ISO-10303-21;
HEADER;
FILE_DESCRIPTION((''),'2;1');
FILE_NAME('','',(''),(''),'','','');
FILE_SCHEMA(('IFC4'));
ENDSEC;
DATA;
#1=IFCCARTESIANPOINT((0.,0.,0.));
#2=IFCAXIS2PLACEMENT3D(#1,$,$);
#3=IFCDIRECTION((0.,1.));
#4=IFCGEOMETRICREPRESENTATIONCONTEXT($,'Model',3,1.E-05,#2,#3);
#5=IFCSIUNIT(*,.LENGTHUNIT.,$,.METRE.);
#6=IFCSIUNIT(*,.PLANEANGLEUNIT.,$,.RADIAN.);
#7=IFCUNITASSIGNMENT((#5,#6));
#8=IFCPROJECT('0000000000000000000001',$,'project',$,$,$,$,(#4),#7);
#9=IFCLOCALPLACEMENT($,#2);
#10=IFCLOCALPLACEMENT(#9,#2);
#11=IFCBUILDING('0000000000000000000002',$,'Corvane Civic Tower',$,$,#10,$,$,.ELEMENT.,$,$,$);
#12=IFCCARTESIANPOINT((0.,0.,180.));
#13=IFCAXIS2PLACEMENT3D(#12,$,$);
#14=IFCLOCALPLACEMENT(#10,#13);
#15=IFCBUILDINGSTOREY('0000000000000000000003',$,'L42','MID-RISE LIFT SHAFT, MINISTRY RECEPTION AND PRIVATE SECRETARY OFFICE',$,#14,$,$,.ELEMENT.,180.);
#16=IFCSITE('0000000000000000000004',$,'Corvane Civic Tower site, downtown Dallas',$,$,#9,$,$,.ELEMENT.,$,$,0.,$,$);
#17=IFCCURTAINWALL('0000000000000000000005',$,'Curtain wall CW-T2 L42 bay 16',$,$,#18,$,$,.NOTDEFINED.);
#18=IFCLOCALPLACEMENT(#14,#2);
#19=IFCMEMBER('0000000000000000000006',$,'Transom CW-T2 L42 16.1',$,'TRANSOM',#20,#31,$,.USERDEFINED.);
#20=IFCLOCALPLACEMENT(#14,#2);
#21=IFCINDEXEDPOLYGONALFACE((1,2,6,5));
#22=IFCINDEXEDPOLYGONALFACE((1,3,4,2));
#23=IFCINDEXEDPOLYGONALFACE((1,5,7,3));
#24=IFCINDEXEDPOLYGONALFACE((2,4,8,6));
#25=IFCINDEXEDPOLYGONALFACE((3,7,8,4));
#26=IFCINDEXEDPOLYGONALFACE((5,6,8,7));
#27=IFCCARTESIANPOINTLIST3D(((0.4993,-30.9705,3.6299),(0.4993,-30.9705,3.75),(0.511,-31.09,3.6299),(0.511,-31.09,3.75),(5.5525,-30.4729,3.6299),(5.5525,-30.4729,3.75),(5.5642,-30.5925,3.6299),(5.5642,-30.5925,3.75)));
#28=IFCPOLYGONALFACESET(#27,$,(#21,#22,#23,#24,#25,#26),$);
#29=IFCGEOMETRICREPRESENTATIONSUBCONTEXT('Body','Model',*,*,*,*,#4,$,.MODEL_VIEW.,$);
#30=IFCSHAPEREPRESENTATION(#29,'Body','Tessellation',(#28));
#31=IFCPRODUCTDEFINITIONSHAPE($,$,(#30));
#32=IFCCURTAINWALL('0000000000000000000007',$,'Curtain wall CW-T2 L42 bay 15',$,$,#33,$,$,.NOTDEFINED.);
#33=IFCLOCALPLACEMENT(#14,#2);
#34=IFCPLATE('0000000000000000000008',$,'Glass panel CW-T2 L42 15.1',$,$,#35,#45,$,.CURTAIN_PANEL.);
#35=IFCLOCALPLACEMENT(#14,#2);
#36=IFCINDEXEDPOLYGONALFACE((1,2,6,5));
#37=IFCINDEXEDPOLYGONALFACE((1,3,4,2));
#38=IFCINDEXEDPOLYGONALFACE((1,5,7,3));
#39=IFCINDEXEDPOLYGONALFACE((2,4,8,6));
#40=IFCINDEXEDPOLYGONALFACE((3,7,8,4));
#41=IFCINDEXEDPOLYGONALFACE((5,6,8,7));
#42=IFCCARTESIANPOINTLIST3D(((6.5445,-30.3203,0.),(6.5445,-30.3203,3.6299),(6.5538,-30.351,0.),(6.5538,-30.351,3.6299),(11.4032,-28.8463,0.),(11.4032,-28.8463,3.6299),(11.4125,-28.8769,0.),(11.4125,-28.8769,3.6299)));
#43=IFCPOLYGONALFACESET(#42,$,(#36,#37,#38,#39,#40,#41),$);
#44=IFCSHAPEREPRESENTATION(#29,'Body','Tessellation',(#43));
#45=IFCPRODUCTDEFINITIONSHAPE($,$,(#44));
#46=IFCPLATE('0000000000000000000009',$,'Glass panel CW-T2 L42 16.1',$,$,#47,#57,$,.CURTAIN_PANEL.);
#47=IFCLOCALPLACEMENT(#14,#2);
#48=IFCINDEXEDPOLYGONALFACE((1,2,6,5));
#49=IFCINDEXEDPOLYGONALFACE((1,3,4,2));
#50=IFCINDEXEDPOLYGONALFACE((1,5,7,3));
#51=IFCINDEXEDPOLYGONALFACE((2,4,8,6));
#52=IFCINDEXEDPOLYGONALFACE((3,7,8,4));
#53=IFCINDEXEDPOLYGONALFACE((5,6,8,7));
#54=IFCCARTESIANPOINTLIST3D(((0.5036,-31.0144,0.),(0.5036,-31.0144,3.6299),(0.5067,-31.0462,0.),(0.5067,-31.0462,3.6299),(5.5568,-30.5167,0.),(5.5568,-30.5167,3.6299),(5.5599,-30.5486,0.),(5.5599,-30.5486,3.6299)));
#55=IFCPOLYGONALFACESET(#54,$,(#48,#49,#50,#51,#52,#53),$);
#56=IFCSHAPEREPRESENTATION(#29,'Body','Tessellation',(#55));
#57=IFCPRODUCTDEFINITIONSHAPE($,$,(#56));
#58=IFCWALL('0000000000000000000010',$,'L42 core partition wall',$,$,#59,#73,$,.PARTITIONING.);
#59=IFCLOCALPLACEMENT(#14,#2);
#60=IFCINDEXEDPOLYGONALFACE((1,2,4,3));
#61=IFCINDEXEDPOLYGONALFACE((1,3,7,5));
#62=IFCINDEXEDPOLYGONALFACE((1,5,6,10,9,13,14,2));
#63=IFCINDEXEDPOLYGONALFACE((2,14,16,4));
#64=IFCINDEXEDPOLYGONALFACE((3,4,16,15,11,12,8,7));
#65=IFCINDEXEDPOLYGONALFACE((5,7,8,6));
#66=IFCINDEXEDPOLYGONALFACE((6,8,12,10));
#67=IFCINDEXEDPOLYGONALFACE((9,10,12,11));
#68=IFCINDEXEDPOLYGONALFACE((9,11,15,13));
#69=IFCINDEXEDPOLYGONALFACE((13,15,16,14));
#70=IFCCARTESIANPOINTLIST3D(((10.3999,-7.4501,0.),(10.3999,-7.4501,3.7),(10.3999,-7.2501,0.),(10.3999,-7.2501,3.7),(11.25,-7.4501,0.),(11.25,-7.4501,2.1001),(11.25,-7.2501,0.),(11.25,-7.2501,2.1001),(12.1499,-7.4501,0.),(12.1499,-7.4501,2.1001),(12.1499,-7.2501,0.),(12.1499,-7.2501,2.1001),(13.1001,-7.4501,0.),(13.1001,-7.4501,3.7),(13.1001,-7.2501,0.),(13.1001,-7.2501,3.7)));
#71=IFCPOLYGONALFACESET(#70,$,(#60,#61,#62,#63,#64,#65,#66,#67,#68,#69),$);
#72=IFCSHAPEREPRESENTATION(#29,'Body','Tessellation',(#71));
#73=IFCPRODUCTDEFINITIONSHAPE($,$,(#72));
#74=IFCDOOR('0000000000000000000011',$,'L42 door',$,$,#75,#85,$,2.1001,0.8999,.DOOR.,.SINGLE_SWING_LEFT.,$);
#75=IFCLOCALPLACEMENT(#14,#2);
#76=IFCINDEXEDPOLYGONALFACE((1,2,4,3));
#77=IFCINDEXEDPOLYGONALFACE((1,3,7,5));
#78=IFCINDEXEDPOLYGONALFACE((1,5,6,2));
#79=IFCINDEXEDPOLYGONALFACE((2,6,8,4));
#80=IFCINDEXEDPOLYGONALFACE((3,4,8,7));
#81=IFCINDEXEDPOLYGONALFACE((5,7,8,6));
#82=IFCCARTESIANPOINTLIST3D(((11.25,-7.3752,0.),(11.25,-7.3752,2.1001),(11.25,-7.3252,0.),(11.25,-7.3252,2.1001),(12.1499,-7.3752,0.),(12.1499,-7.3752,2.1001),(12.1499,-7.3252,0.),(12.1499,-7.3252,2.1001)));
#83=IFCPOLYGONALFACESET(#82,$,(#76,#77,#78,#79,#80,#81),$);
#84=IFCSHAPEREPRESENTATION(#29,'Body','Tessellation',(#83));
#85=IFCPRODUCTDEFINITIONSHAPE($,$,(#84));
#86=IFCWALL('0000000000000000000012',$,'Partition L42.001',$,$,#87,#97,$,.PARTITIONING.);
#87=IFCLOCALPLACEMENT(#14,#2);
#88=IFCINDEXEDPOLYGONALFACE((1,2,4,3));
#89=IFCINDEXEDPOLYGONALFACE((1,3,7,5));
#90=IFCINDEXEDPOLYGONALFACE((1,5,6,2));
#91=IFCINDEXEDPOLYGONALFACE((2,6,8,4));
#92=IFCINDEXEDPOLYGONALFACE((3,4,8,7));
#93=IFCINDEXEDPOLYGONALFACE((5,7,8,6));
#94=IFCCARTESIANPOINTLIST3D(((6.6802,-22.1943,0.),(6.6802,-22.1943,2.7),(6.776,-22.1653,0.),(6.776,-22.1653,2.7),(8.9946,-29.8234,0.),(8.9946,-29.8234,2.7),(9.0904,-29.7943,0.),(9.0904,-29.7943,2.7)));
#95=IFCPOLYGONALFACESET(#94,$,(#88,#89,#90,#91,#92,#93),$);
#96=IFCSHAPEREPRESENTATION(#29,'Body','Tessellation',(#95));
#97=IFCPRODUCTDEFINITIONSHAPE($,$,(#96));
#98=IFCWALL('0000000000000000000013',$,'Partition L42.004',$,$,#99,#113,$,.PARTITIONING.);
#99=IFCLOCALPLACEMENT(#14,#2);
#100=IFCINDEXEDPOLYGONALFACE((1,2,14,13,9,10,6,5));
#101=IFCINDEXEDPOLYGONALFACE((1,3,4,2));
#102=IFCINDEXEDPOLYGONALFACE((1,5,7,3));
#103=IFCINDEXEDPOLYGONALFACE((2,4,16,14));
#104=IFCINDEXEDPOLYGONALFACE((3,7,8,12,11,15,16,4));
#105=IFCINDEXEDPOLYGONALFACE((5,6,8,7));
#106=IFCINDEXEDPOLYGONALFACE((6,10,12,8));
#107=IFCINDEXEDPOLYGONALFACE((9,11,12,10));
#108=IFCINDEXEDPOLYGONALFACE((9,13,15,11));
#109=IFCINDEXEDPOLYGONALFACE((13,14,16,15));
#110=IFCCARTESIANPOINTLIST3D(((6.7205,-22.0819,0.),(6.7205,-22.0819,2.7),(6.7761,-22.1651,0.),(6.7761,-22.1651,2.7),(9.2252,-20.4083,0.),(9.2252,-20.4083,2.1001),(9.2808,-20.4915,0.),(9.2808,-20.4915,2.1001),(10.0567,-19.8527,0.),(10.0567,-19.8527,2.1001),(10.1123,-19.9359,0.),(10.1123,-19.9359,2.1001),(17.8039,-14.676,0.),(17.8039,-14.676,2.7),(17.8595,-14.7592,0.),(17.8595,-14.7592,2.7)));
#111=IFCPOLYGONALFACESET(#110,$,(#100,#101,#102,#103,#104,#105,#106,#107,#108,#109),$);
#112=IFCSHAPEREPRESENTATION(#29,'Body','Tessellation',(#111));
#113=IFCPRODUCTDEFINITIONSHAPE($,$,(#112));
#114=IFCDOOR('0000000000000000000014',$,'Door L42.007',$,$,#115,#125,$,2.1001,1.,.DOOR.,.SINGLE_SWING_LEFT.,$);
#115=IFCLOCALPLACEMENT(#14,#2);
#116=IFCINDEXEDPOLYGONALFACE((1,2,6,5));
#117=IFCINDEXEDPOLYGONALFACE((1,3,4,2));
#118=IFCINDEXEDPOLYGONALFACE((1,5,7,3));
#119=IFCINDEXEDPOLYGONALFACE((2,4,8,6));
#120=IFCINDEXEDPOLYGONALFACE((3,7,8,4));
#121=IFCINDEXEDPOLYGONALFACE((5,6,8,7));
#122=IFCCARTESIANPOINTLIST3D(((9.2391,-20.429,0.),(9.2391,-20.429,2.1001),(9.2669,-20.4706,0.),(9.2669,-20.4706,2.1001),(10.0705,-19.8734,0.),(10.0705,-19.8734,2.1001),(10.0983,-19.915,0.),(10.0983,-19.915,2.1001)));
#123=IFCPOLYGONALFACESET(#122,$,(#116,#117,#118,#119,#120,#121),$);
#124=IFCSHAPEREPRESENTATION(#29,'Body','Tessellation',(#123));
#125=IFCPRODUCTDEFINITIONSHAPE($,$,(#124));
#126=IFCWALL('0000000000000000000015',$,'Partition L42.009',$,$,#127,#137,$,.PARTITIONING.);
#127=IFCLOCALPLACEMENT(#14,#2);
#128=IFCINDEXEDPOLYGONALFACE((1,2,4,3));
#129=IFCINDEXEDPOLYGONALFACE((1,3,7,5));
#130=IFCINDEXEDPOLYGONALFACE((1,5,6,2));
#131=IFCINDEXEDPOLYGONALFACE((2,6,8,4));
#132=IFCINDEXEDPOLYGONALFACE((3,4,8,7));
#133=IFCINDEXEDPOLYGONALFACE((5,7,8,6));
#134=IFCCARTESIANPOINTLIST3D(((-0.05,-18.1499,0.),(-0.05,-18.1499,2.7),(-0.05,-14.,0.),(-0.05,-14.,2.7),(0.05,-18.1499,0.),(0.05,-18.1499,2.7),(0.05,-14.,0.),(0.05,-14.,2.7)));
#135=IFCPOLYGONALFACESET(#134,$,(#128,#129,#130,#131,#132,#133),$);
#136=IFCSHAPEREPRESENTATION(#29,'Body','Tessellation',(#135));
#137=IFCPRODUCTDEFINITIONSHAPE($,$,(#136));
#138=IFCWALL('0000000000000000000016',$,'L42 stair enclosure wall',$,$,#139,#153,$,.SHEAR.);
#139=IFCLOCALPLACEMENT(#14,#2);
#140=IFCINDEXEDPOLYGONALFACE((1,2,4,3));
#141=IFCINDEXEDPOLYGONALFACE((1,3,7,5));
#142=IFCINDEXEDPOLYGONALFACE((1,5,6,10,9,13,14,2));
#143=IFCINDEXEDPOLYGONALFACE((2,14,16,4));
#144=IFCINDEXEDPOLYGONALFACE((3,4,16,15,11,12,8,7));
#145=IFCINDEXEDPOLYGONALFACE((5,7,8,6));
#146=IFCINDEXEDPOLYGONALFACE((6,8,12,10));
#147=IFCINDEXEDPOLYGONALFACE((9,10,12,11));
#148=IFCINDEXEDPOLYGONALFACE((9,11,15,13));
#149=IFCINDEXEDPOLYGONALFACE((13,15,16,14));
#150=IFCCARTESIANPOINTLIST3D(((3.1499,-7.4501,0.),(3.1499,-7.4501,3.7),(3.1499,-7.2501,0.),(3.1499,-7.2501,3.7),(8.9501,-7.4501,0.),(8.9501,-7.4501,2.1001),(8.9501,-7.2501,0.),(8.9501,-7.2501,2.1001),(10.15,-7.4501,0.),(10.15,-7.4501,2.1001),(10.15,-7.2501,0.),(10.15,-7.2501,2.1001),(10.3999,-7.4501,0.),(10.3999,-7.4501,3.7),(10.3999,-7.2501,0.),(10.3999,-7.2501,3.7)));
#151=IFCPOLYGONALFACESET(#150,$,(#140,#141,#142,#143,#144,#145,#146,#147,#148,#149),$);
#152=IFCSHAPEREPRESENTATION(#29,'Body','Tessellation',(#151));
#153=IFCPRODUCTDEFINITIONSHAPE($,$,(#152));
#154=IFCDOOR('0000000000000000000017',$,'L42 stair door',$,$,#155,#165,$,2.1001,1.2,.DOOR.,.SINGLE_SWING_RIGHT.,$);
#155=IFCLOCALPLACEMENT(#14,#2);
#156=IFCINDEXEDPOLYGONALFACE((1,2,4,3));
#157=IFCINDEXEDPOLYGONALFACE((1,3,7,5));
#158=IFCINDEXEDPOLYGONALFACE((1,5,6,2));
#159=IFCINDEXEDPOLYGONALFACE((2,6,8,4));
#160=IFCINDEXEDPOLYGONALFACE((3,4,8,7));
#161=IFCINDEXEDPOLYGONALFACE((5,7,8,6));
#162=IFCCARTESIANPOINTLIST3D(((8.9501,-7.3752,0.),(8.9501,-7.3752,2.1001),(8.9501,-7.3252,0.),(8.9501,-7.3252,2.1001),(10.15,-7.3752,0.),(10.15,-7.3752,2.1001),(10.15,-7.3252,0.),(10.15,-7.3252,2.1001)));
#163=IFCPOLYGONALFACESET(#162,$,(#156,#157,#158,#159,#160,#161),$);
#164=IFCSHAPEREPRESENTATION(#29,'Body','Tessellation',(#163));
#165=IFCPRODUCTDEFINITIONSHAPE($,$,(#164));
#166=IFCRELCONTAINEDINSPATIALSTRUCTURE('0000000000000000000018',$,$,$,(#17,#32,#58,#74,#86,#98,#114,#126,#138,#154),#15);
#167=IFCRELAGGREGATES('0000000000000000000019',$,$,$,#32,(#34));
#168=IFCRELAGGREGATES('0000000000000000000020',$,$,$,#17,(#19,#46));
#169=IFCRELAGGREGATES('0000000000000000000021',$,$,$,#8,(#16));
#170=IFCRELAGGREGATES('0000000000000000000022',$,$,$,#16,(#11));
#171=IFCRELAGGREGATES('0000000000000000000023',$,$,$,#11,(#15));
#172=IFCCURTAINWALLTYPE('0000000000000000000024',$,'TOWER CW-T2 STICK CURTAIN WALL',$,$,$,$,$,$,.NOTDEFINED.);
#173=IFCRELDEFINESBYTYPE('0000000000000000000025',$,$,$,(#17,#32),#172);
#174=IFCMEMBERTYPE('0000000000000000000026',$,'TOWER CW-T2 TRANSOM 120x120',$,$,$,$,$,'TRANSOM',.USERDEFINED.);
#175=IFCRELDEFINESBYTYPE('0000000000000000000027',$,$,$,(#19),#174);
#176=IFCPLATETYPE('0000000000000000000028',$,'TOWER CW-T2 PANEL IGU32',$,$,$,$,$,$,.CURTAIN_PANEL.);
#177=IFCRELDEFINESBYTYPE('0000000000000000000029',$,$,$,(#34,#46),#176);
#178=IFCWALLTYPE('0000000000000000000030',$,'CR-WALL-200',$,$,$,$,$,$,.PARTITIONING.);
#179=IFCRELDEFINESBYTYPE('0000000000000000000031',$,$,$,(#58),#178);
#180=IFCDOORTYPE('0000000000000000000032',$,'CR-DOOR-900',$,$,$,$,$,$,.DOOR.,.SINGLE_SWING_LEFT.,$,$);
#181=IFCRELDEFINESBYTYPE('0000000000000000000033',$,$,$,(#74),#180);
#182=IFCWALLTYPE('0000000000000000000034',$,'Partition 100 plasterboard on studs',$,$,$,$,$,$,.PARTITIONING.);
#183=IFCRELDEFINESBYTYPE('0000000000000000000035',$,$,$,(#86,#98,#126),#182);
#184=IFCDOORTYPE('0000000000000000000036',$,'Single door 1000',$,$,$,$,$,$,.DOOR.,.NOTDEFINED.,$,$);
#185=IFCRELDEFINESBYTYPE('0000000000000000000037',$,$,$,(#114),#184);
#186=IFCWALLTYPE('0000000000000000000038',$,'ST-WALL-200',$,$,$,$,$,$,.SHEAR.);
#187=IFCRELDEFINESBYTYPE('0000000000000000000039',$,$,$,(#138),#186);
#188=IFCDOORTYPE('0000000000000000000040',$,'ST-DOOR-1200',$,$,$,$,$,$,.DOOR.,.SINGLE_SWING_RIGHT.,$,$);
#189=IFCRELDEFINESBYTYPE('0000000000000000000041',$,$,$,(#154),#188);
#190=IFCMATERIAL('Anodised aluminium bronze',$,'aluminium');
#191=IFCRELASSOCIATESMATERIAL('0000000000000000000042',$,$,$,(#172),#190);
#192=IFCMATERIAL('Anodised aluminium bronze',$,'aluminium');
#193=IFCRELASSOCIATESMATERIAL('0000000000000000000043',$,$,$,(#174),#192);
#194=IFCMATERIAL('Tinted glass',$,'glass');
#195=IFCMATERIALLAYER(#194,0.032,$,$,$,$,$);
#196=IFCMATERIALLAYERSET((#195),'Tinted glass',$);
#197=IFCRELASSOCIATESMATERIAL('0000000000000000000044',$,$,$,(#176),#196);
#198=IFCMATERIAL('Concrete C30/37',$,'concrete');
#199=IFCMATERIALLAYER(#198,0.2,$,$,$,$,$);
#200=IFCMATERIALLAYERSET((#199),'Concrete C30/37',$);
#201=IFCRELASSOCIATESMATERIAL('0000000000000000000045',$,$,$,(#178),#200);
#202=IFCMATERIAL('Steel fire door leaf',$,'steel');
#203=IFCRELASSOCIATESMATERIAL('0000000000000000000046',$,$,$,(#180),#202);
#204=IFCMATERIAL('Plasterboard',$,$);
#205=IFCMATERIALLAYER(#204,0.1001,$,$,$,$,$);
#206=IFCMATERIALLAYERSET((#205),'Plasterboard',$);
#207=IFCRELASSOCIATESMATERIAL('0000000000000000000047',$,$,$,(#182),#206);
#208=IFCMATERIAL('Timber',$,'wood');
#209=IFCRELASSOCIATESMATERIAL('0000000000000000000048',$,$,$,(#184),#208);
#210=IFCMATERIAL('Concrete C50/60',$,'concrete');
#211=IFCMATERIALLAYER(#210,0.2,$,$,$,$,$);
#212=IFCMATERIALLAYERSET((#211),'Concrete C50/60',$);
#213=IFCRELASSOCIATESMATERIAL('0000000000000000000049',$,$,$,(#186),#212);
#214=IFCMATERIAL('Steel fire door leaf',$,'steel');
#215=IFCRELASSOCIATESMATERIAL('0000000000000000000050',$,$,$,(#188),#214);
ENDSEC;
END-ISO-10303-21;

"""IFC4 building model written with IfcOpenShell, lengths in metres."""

from ifc_helpers import new_model, si_unit, direction, frame, frame_2d, origin, origin_2d, place, context, subcontext, project, spatial, rectangle, extrude, material, layer, layer_set, material_profile, profile_set, type_object, element, fill, aggregate, save


model = new_model("IFC4")

# Units and contexts
model_context = context("Model", 3, precision=1e-05, world=origin(), true_north=direction((0.0, 1.0)))
body_context = subcontext(model_context, "Body", "Model", "MODEL_VIEW")
ifc_project = project(units=[si_unit("LENGTHUNIT", "METRE"), si_unit("PLANEANGLEUNIT", "RADIAN")], contexts=[model_context])

# Site, building, storey
site_placement = place(None, origin())
site = spatial("IfcSite", under=ifc_project, at=site_placement, Name="Corvane Civic Tower site, downtown Dallas", CompositionType="ELEMENT", RefElevation=0.0)
building_placement = place(site_placement, origin())
building = spatial("IfcBuilding", under=site, at=building_placement, Name="Corvane Civic Tower", CompositionType="ELEMENT")
storey_placement = place(building_placement, frame((0.0, 0.0, 180.0)))
storey = spatial("IfcBuildingStorey", under=building, at=storey_placement, Name="L42", Description="MID-RISE LIFT SHAFT, MINISTRY RECEPTION AND PRIVATE SECRETARY OFFICE", CompositionType="ELEMENT", Elevation=180.0)

# Curtain wall, member
ifc_material_1 = material(Name="Anodised aluminium bronze", Category="aluminium")
curtain_wall_type = type_object("IfcCurtainWallType", Name="TOWER CW-T2 STICK CURTAIN WALL", PredefinedType="NOTDEFINED", material=ifc_material_1)
curtain_wall_1_placement = place(storey_placement, origin())
curtain_wall_1 = element("IfcCurtainWall", 1, at=curtain_wall_1_placement, inside=storey, type_object=curtain_wall_type, Name="Curtain wall CW-T2 L42 bay 16", PredefinedType="NOTDEFINED")
ifc_material_2 = material(Name="Anodised aluminium bronze", Category="aluminium")
ifc_material_profile_1 = material_profile(ifc_material_2, rectangle(XDim=0.1201, YDim=0.1201, at=origin_2d()), Name="TOWER CW-T2 TRANSOM 120x120")
ifc_profile_set_1 = profile_set([ifc_material_profile_1], Name="Anodised aluminium bronze")
member_type = type_object("IfcMemberType", Name="TOWER CW-T2 TRANSOM 120x120", ElementType="TRANSOM", PredefinedType="USERDEFINED", material=ifc_profile_set_1)
member_placement = place(storey_placement, frame((5.5583, -30.5327, 3.6899), z_axis=(-0.995187, -0.09799, 0.0), x_axis=(0.09799, -0.995187, 0.0)))
member = element("IfcMember", 2, at=member_placement, type_object=member_type, Name="Transom CW-T2 L42 16.1", ObjectType="TRANSOM", PredefinedType="USERDEFINED", context=body_context, shape_type="SweptSolid", body=[
    extrude(rectangle(XDim=0.1201, YDim=0.1201, at=origin_2d()), origin(), (0.0, 0.0, 1.0), 5.0776),
])

# Curtain wall, plate
curtain_wall_2_placement = place(storey_placement, origin())
curtain_wall_2 = element("IfcCurtainWall", 3, at=curtain_wall_2_placement, inside=storey, type_object=curtain_wall_type, Name="Curtain wall CW-T2 L42 bay 15", PredefinedType="NOTDEFINED")
ifc_material_3 = material(Name="Tinted glass", Category="glass")
ifc_layer_1 = layer(ifc_material_3, 0.032)
ifc_layer_set_1 = layer_set([ifc_layer_1], Name="Tinted glass")
plate_type = type_object("IfcPlateType", Name="TOWER CW-T2 PANEL IGU32", PredefinedType="CURTAIN_PANEL", material=ifc_layer_set_1)
plate_1_placement = place(storey_placement, frame((8.9785, -29.5986, 0.0), z_axis=(0.0, 0.0, 1.0), x_axis=(-0.956932, -0.290313, 0.0)))
plate_1 = element("IfcPlate", 4, at=plate_1_placement, type_object=plate_type, Name="Glass panel CW-T2 L42 15.1", PredefinedType="CURTAIN_PANEL", context=body_context, shape_type="SweptSolid", body=[
    extrude(rectangle(XDim=5.0774, YDim=0.032, at=origin_2d()), origin(), (0.0, 0.0, 1.0), 3.6299),
])
aggregate(curtain_wall_2, [plate_1])

# Plate
plate_2_placement = place(storey_placement, frame((3.0317, -30.7815, 0.0), z_axis=(0.0, 0.0, 1.0), x_axis=(-0.995185, -0.098012, 0.0)))
plate_2 = element("IfcPlate", 5, at=plate_2_placement, type_object=plate_type, Name="Glass panel CW-T2 L42 16.1", PredefinedType="CURTAIN_PANEL", context=body_context, shape_type="SweptSolid", body=[
    extrude(rectangle(XDim=5.0776, YDim=0.032, at=origin_2d()), origin(), (0.0, 0.0, 1.0), 3.6299),
])
aggregate(curtain_wall_1, [member, plate_2])

# Wall, opening, door
ifc_material_4 = material(Name="Concrete C30/37", Category="concrete")
ifc_layer_2 = layer(ifc_material_4, 0.2)
ifc_layer_set_2 = layer_set([ifc_layer_2], Name="Concrete C30/37")
wall_type_1 = type_object("IfcWallType", Name="CR-WALL-200", PredefinedType="PARTITIONING", material=ifc_layer_set_2)
wall_1_placement = place(storey_placement, frame((10.3999, -7.3501, 0.0), z_axis=(0.0, 0.0, 1.0), x_axis=(1.0, 0.0, 0.0)))
wall_1 = element("IfcWall", 6, at=wall_1_placement, inside=storey, type_object=wall_type_1, Name="L42 core partition wall", PredefinedType="PARTITIONING", context=body_context, shape_type="SweptSolid", body=[
    extrude(rectangle(XDim=2.7002, YDim=0.2, at=frame_2d((1.3501, 0.0))), origin(), (0.0, 0.0, 1.0), 3.7),
])
opening_1_placement = place(wall_1_placement, frame((0.8501, 0.0, 0.0)))
opening_1 = element("IfcOpeningElement", 7, at=opening_1_placement, cuts=wall_1, PredefinedType="OPENING", context=body_context, shape_type="SweptSolid", body=[
    extrude(rectangle(XDim=0.8999, YDim=2.1001, at=frame_2d((0.45, 1.05))), frame((0.0, 0.1099, 0.0), z_axis=(0.0, -1.0, 0.0), x_axis=(1.0, 0.0, 0.0)), (0.0, 0.0, 1.0), 0.22),
])
ifc_material_5 = material(Name="Steel fire door leaf", Category="steel")
door_type_1 = type_object("IfcDoorType", Name="CR-DOOR-900", OperationType="SINGLE_SWING_LEFT", PredefinedType="DOOR", material=ifc_material_5)
door_1_placement = place(opening_1_placement, origin())
door_1 = element("IfcDoor", 8, at=door_1_placement, inside=storey, type_object=door_type_1, Name="L42 door", OperationType="SINGLE_SWING_LEFT", OverallHeight=2.1001, OverallWidth=0.8999, PredefinedType="DOOR", context=body_context, shape_type="SweptSolid", body=[
    extrude(rectangle(XDim=0.8999, YDim=2.1001, at=frame_2d((0.45, 1.05))), frame((0.0, 0.0249, 0.0), z_axis=(0.0, -1.0, 0.0), x_axis=(1.0, 0.0, 0.0)), (0.0, 0.0, 1.0), 0.05),
])
fill(opening_1, door_1)

# Wall
ifc_material_6 = material(Name="Plasterboard")
ifc_layer_3 = layer(ifc_material_6, 0.1001)
ifc_layer_set_3 = layer_set([ifc_layer_3], Name="Plasterboard")
wall_type_2 = type_object("IfcWallType", Name="Partition 100 plasterboard on studs", PredefinedType="PARTITIONING", material=ifc_layer_set_3)
wall_2_placement = place(storey_placement, frame((6.728, -22.1797, 0.0), z_axis=(0.0, 0.0, 1.0), x_axis=(0.290305, -0.956934, 0.0)))
element("IfcWall", 9, at=wall_2_placement, inside=storey, type_object=wall_type_2, Name="Partition L42.001", PredefinedType="PARTITIONING", context=body_context, shape_type="SweptSolid", body=[
    extrude(rectangle(XDim=7.9724, YDim=0.1001, at=frame_2d((3.9863, 0.0))), origin(), (0.0, 0.0, 1.0), 2.7),
])

# Wall, opening, door
wall_3_placement = place(storey_placement, frame((6.7483, -22.1235, 0.0), z_axis=(0.0, 0.0, 1.0), x_axis=(0.831461, 0.555583, 0.0)))
wall_3 = element("IfcWall", 10, at=wall_3_placement, inside=storey, type_object=wall_type_2, Name="Partition L42.004", PredefinedType="PARTITIONING", context=body_context, shape_type="SweptSolid", body=[
    extrude(rectangle(XDim=13.3301, YDim=0.1001, at=frame_2d((6.665, 0.0))), origin(), (0.0, 0.0, 1.0), 2.7),
])
opening_2_placement = place(wall_3_placement, frame((3.0125, 0.0, 0.0)))
opening_2 = element("IfcOpeningElement", 11, at=opening_2_placement, cuts=wall_3, PredefinedType="OPENING", context=body_context, shape_type="SweptSolid", body=[
    extrude(rectangle(XDim=1.0, YDim=2.1001, at=frame_2d((0.5, 1.05))), frame((0.0, 0.0601, 0.0), z_axis=(0.0, -1.0, 0.0), x_axis=(1.0, 0.0, 0.0)), (0.0, 0.0, 1.0), 0.1201),
])
ifc_material_7 = material(Name="Timber", Category="wood")
door_type_2 = type_object("IfcDoorType", Name="Single door 1000", OperationType="NOTDEFINED", PredefinedType="DOOR", material=ifc_material_7)
door_2_placement = place(opening_2_placement, frame((1.0, 0.0, 0.0), z_axis=(0.0, 0.0, 1.0), x_axis=(-1.0, 0.0, 0.0)))
door_2 = element("IfcDoor", 12, at=door_2_placement, inside=storey, type_object=door_type_2, Name="Door L42.007", OperationType="SINGLE_SWING_LEFT", OverallHeight=2.1001, OverallWidth=1.0, PredefinedType="DOOR", context=body_context, shape_type="SweptSolid", body=[
    extrude(rectangle(XDim=1.0, YDim=2.1001, at=frame_2d((0.5, 1.05))), frame((0.0, 0.0249, 0.0), z_axis=(0.0, -1.0, 0.0), x_axis=(1.0, 0.0, 0.0)), (0.0, 0.0, 1.0), 0.05),
])
fill(opening_2, door_2)

# Wall
wall_4_placement = place(storey_placement, frame((0.0, -18.1499, 0.0), z_axis=(0.0, 0.0, 1.0), x_axis=(0.0, 1.0, 0.0)))
element("IfcWall", 13, at=wall_4_placement, inside=storey, type_object=wall_type_2, Name="Partition L42.009", PredefinedType="PARTITIONING", context=body_context, shape_type="SweptSolid", body=[
    extrude(rectangle(XDim=4.1499, YDim=0.1001, at=frame_2d((2.075, 0.0))), origin(), (0.0, 0.0, 1.0), 2.7),
])

# Wall, opening, door
ifc_material_8 = material(Name="Concrete C50/60", Category="concrete")
ifc_layer_4 = layer(ifc_material_8, 0.2)
ifc_layer_set_4 = layer_set([ifc_layer_4], Name="Concrete C50/60")
wall_type_3 = type_object("IfcWallType", Name="ST-WALL-200", PredefinedType="SHEAR", material=ifc_layer_set_4)
wall_5_placement = place(storey_placement, frame((3.1499, -7.3501, 0.0), z_axis=(0.0, 0.0, 1.0), x_axis=(1.0, 0.0, 0.0)))
wall_5 = element("IfcWall", 14, at=wall_5_placement, inside=storey, type_object=wall_type_3, Name="L42 stair enclosure wall", PredefinedType="SHEAR", context=body_context, shape_type="SweptSolid", body=[
    extrude(rectangle(XDim=7.25, YDim=0.2, at=frame_2d((3.625, 0.0))), origin(), (0.0, 0.0, 1.0), 3.7),
])
opening_3_placement = place(wall_5_placement, frame((5.8, 0.0, 0.0)))
opening_3 = element("IfcOpeningElement", 15, at=opening_3_placement, cuts=wall_5, PredefinedType="OPENING", context=body_context, shape_type="SweptSolid", body=[
    extrude(rectangle(XDim=1.2, YDim=2.1001, at=frame_2d((0.6001, 1.05))), frame((0.0, 0.1099, 0.0), z_axis=(0.0, -1.0, 0.0), x_axis=(1.0, 0.0, 0.0)), (0.0, 0.0, 1.0), 0.22),
])
ifc_material_9 = material(Name="Steel fire door leaf", Category="steel")
door_type_3 = type_object("IfcDoorType", Name="ST-DOOR-1200", OperationType="SINGLE_SWING_RIGHT", PredefinedType="DOOR", material=ifc_material_9)
door_3_placement = place(opening_3_placement, origin())
door_3 = element("IfcDoor", 16, at=door_3_placement, inside=storey, type_object=door_type_3, Name="L42 stair door", OperationType="SINGLE_SWING_RIGHT", OverallHeight=2.1001, OverallWidth=1.2, PredefinedType="DOOR", context=body_context, shape_type="SweptSolid", body=[
    extrude(rectangle(XDim=1.2, YDim=2.1001, at=frame_2d((0.6001, 1.05))), frame((0.0, 0.0249, 0.0), z_axis=(0.0, -1.0, 0.0), x_axis=(1.0, 0.0, 0.0)), (0.0, 0.0, 1.0), 0.05),
])
fill(opening_3, door_3)

save(model, "model.ifc")
